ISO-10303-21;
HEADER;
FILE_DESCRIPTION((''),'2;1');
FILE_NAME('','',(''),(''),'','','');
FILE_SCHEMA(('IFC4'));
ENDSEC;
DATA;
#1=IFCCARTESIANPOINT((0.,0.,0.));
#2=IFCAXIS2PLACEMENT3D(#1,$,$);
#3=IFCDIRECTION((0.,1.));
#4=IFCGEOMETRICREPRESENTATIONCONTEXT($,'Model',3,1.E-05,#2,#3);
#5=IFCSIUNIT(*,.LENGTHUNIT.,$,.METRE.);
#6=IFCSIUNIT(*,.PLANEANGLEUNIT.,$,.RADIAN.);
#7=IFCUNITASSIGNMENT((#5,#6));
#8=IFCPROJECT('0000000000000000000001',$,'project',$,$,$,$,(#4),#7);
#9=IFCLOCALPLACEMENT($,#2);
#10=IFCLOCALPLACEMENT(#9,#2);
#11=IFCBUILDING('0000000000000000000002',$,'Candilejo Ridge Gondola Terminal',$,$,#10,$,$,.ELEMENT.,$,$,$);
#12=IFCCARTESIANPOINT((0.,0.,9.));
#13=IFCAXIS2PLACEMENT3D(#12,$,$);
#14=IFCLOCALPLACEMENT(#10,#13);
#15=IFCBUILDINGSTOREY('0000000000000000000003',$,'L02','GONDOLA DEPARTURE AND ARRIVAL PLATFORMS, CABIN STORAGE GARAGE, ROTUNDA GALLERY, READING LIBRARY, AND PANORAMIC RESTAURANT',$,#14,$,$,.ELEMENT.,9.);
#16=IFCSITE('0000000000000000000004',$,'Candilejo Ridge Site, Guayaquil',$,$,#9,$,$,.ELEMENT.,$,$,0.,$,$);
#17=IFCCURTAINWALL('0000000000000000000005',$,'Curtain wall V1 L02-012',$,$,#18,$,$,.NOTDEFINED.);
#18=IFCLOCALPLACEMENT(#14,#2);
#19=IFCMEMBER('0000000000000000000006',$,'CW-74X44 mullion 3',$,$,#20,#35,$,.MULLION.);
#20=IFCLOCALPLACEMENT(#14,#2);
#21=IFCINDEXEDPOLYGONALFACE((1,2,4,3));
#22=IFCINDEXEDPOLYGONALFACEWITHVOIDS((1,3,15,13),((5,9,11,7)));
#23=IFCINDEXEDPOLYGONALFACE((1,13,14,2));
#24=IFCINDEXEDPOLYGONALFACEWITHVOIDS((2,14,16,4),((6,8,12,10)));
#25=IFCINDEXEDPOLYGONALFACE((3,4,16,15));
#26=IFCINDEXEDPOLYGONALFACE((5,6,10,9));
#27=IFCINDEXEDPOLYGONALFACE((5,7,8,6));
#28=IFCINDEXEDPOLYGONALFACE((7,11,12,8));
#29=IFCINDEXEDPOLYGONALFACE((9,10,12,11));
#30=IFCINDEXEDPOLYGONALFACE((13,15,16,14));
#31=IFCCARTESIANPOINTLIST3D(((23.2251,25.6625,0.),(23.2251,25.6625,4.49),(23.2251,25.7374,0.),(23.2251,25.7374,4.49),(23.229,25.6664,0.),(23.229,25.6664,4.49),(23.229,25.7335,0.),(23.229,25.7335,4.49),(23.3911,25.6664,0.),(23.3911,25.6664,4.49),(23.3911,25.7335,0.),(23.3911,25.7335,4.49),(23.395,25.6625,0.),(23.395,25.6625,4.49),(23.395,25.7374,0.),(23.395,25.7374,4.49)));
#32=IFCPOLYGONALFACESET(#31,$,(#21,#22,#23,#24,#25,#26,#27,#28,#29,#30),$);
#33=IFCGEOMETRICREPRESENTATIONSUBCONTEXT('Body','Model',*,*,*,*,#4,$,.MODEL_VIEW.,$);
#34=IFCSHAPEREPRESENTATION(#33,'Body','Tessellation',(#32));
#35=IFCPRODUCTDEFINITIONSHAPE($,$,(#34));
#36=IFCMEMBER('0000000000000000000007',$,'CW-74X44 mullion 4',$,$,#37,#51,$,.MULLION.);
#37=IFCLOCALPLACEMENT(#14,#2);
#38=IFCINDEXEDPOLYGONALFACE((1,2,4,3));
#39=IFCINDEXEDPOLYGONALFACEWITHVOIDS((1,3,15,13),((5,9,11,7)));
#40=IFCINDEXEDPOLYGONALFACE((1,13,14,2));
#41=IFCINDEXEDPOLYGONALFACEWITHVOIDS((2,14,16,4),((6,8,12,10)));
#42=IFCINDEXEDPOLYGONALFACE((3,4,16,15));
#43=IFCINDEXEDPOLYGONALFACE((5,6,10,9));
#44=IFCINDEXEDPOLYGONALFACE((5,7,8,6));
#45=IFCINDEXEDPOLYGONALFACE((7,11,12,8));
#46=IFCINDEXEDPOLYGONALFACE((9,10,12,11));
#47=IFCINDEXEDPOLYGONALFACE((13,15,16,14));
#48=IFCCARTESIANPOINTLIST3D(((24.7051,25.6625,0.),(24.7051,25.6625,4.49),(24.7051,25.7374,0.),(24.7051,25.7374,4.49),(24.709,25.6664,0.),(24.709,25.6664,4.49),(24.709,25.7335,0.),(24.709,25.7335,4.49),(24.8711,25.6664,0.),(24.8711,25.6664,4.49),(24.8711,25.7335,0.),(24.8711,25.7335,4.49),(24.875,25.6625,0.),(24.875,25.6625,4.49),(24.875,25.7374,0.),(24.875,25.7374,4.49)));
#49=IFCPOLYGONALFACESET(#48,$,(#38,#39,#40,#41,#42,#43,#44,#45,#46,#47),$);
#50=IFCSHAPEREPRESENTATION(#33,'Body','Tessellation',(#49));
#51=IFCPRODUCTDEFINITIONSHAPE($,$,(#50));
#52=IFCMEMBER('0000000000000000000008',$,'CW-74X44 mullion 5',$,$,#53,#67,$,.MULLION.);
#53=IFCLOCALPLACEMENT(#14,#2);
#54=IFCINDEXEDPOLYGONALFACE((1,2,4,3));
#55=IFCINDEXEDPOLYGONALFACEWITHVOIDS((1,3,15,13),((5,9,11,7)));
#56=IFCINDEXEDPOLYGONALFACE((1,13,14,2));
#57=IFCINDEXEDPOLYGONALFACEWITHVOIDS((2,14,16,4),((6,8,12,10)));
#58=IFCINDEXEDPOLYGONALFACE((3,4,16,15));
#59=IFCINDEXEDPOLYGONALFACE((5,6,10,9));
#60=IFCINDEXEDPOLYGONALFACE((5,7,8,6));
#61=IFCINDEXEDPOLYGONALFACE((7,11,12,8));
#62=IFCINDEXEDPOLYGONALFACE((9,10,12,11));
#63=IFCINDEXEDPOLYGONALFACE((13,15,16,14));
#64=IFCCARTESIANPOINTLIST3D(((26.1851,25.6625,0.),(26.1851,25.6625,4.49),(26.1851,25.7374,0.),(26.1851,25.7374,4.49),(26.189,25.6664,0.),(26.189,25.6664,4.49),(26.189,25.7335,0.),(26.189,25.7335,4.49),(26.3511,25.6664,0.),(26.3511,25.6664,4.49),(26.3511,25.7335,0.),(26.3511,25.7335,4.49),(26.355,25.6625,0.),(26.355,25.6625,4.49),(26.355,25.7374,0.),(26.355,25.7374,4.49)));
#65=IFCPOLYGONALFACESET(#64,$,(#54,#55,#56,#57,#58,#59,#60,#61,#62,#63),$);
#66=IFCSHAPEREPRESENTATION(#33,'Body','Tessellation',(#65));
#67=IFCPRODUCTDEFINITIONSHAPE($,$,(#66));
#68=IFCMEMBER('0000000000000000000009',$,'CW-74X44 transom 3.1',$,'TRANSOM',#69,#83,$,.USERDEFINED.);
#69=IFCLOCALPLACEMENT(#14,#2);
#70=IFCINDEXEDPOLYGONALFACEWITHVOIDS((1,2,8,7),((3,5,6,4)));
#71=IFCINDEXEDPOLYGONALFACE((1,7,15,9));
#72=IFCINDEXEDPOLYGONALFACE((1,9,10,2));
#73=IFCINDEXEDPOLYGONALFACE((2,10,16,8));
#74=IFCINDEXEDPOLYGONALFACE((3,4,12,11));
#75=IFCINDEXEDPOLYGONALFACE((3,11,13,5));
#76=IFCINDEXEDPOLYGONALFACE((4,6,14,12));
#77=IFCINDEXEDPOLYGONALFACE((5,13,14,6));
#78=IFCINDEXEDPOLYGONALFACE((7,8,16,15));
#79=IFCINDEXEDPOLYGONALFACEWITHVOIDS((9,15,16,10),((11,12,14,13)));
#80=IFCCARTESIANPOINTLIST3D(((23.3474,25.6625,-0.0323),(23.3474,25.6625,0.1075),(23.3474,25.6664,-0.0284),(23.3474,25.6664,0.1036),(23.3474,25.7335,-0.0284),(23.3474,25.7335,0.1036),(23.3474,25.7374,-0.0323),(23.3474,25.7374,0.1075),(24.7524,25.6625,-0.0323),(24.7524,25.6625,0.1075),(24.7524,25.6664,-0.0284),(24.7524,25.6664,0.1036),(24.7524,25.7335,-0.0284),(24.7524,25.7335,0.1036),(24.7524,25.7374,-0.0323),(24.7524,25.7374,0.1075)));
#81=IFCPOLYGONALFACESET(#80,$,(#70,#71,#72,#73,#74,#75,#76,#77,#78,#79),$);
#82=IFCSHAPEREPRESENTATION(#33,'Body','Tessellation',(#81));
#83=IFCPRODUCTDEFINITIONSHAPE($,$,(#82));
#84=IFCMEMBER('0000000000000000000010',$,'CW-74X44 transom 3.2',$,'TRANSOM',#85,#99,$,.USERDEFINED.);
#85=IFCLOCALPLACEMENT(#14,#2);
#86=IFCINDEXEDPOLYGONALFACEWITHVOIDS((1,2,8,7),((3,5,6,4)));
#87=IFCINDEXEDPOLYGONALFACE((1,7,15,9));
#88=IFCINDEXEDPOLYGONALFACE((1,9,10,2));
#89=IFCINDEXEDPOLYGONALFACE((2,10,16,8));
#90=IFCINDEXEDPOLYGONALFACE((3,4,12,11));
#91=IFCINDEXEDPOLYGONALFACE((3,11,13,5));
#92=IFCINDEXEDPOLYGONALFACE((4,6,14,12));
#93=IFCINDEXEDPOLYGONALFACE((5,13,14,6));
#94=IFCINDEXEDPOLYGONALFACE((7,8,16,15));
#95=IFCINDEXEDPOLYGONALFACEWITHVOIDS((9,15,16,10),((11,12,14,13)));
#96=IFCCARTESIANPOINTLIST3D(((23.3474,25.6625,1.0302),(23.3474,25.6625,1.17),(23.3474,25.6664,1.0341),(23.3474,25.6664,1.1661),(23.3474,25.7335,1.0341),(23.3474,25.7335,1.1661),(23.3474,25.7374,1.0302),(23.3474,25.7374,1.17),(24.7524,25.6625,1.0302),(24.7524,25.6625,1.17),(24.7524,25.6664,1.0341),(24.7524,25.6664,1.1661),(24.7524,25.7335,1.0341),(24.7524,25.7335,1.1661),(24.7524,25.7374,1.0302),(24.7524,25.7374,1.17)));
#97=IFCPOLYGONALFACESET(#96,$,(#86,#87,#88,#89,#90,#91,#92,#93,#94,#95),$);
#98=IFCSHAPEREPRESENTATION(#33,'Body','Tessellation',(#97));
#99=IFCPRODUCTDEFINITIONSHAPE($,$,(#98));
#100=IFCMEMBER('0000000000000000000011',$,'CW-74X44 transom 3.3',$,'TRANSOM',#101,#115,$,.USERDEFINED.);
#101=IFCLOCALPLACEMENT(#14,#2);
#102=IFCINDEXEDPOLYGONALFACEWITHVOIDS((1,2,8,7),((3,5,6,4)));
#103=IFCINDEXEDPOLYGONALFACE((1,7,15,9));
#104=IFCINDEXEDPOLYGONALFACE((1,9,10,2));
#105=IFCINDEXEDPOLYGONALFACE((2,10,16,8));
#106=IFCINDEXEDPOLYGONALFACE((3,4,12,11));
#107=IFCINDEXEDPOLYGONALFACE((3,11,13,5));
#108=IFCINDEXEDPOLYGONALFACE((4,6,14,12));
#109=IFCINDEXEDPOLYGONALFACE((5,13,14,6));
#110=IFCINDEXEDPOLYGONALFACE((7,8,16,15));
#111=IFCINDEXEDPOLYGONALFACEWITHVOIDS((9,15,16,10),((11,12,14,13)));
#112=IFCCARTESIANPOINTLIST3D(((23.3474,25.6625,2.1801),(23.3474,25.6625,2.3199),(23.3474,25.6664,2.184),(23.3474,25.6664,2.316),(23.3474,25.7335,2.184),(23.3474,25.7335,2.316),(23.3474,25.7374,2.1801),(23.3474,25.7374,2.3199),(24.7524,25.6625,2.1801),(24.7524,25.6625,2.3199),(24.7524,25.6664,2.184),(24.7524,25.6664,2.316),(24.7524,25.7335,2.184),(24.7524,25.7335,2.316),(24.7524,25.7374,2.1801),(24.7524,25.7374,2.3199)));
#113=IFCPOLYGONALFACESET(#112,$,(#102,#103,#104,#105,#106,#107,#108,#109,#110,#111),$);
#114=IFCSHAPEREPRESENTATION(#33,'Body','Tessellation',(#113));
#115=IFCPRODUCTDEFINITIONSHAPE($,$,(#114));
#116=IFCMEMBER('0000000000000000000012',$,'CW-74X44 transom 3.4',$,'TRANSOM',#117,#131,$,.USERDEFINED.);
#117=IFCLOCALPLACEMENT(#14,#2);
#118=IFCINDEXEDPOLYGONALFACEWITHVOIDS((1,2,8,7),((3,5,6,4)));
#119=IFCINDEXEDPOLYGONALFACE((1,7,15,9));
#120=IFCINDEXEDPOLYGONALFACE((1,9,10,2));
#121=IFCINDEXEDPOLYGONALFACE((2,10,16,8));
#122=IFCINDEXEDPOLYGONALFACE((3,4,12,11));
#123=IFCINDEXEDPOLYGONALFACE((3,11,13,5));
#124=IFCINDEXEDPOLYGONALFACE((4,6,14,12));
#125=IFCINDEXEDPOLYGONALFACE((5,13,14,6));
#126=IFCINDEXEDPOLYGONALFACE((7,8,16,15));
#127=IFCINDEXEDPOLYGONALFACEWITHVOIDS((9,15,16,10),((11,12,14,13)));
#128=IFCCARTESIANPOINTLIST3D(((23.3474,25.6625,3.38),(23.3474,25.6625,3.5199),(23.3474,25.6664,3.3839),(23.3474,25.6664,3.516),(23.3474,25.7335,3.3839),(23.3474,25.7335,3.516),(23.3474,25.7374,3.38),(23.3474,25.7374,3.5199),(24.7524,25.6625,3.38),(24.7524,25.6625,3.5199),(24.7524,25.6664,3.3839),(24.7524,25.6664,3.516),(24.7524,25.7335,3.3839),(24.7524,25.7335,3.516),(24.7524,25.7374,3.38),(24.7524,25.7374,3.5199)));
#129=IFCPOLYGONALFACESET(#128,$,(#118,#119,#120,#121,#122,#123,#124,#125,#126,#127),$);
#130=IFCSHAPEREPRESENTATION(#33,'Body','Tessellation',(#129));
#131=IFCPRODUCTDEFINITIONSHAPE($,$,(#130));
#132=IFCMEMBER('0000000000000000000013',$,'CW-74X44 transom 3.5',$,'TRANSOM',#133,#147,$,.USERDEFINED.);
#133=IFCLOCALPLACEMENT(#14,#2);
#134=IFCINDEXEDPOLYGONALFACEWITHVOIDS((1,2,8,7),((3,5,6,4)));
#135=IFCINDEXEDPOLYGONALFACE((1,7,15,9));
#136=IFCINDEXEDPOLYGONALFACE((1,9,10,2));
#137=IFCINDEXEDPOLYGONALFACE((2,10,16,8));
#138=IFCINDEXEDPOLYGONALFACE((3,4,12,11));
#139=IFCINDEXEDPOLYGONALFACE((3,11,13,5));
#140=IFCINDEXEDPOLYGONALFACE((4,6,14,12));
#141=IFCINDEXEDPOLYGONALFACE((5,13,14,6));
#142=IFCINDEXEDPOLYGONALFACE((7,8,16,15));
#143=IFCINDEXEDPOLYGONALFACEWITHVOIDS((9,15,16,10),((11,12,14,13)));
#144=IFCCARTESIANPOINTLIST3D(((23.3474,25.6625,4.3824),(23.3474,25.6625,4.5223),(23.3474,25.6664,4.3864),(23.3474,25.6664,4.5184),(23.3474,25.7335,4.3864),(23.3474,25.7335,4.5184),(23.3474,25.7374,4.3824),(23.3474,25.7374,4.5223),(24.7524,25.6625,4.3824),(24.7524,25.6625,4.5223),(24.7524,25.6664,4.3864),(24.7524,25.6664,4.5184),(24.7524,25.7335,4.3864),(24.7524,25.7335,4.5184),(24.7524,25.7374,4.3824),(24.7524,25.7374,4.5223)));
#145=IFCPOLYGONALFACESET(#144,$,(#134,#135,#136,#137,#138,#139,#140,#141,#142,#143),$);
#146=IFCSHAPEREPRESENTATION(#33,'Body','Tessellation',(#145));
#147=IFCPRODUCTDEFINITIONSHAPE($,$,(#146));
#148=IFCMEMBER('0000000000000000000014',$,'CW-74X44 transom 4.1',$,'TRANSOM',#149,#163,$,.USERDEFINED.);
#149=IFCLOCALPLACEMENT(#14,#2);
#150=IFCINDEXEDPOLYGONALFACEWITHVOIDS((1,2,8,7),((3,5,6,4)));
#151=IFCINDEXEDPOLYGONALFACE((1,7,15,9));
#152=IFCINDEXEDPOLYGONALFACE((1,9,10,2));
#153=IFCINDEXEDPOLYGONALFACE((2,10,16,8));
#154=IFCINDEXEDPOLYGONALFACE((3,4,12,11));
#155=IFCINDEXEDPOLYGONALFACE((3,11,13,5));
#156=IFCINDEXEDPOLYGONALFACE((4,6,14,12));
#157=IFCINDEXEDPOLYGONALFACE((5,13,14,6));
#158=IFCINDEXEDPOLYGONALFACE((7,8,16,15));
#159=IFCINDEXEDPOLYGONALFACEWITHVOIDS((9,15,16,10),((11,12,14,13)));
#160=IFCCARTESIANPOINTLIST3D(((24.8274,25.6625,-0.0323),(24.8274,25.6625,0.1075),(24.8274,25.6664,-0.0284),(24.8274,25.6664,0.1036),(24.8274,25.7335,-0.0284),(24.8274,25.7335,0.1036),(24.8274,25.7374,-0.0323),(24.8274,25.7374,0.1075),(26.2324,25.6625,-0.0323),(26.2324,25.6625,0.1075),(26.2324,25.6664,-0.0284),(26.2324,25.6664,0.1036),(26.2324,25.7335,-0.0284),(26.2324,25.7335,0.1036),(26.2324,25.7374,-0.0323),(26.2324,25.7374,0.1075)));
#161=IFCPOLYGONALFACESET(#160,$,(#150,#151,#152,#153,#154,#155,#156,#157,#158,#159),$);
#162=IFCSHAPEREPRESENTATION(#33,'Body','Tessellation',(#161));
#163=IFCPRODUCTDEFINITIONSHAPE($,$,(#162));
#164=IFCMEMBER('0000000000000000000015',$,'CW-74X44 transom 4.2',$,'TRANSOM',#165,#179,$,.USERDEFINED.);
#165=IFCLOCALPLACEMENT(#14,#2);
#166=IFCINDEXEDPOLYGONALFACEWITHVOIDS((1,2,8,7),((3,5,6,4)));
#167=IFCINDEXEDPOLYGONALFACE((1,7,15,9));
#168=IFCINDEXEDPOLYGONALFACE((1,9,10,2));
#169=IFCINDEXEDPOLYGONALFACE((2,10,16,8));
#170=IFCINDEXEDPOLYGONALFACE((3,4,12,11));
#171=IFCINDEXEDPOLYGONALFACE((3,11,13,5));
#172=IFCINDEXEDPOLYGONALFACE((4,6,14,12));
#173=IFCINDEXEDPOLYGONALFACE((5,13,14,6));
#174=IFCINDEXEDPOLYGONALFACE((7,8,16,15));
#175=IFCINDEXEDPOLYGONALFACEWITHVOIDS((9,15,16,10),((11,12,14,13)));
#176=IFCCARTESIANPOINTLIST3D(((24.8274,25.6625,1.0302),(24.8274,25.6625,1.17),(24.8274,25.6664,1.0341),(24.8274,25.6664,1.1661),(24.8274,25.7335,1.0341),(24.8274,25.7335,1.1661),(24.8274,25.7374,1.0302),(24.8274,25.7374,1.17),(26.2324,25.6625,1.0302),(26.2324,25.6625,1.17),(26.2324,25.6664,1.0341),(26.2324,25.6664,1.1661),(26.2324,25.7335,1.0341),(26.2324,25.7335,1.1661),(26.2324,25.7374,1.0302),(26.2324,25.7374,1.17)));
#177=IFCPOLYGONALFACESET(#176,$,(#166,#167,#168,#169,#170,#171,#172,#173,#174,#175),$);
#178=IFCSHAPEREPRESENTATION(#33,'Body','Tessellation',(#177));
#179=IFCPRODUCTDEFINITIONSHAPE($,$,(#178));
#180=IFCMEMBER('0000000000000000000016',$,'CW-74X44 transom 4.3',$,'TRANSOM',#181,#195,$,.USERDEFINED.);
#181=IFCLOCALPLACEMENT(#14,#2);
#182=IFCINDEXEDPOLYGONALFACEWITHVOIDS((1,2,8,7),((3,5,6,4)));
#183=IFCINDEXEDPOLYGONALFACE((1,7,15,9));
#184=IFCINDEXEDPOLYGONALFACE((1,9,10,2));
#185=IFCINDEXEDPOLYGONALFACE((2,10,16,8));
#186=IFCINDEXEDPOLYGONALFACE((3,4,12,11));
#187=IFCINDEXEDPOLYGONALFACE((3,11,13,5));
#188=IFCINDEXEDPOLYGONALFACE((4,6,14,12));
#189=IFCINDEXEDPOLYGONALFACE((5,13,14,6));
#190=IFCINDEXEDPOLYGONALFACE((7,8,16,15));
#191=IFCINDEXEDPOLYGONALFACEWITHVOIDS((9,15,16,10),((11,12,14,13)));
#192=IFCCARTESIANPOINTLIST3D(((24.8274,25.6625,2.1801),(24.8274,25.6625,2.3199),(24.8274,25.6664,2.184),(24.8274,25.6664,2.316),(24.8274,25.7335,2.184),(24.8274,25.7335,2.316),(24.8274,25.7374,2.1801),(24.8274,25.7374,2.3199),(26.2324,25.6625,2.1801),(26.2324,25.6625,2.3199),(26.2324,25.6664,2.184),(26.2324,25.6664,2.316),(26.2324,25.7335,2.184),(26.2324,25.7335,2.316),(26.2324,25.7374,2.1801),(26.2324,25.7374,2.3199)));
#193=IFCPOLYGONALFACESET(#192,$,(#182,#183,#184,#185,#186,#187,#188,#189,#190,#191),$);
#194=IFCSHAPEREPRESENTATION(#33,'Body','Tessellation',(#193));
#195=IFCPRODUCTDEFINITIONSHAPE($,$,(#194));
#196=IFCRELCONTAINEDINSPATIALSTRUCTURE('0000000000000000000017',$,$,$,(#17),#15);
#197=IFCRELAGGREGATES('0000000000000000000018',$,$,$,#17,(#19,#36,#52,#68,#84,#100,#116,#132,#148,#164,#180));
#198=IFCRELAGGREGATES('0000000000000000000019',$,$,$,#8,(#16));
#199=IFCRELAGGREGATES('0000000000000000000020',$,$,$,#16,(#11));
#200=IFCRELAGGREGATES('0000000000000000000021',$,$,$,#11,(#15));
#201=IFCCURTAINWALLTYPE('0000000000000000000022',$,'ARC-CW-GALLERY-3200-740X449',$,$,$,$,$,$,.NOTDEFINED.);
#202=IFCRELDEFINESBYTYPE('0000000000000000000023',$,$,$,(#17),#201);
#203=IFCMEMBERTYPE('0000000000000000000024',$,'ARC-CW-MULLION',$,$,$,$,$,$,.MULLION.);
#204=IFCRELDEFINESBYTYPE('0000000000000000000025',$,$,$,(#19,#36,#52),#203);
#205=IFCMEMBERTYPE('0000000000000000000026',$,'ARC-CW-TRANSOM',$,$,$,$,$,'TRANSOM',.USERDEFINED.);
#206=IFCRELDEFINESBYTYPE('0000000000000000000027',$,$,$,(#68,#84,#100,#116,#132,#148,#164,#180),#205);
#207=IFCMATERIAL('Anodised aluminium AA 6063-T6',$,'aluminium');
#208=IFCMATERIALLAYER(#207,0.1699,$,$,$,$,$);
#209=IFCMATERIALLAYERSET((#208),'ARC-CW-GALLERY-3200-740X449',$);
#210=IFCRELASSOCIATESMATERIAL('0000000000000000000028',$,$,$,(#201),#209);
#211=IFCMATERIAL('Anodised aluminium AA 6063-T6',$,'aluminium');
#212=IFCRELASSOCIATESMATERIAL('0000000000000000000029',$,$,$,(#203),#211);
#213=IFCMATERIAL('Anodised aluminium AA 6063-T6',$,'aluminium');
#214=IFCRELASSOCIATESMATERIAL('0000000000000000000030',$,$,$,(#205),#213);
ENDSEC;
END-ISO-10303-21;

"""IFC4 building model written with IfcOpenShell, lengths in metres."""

from ifc_helpers import new_model, si_unit, direction, frame, origin, origin_2d, place, context, subcontext, project, spatial, hollow_rectangle, extrude, material, layer, layer_set, material_profile, profile_set, type_object, element, aggregate, save


model = new_model("IFC4")

# Units and contexts
model_context = context("Model", 3, precision=1e-05, world=origin(), true_north=direction((0.0, 1.0)))
body_context = subcontext(model_context, "Body", "Model", "MODEL_VIEW")
ifc_project = project(units=[si_unit("LENGTHUNIT", "METRE"), si_unit("PLANEANGLEUNIT", "RADIAN")], contexts=[model_context])

# Site, building, storey
site_placement = place(None, origin())
site = spatial("IfcSite", under=ifc_project, at=site_placement, Name="Candilejo Ridge Site, Guayaquil", CompositionType="ELEMENT", RefElevation=0.0)
building_placement = place(site_placement, origin())
building = spatial("IfcBuilding", under=site, at=building_placement, Name="Candilejo Ridge Gondola Terminal", CompositionType="ELEMENT")
storey_placement = place(building_placement, frame((0.0, 0.0, 9.0)))
storey = spatial("IfcBuildingStorey", under=building, at=storey_placement, Name="L02", Description="GONDOLA DEPARTURE AND ARRIVAL PLATFORMS, CABIN STORAGE GARAGE, ROTUNDA GALLERY, READING LIBRARY, AND PANORAMIC RESTAURANT", CompositionType="ELEMENT", Elevation=9.0)

# Curtain wall, members
ifc_material_1 = material(Name="Anodised aluminium AA 6063-T6", Category="aluminium")
ifc_layer_1 = layer(ifc_material_1, 0.1699)
ifc_layer_set_1 = layer_set([ifc_layer_1], Name="ARC-CW-GALLERY-3200-740X449")
curtain_wall_type = type_object("IfcCurtainWallType", Name="ARC-CW-GALLERY-3200-740X449", PredefinedType="NOTDEFINED", material=ifc_layer_set_1)
curtain_wall_placement = place(storey_placement, origin())
curtain_wall = element("IfcCurtainWall", 1, at=curtain_wall_placement, inside=storey, type_object=curtain_wall_type, Name="Curtain wall V1 L02-012", PredefinedType="NOTDEFINED")
ifc_material_2 = material(Name="Anodised aluminium AA 6063-T6", Category="aluminium")
ifc_material_profile_1 = material_profile(ifc_material_2, hollow_rectangle(XDim=0.075, YDim=0.1699, WallThickness=0.0039, at=origin_2d()))
ifc_profile_set_1 = profile_set([ifc_material_profile_1], Name="Anodised aluminium AA 6063-T6")
member_type_1 = type_object("IfcMemberType", Name="ARC-CW-MULLION", PredefinedType="MULLION", material=ifc_profile_set_1)
member_1_placement = place(storey_placement, frame((23.3101, 25.7, 0.0), z_axis=(0.0, 0.0, 1.0), x_axis=(0.0, 1.0, 0.0)))
member_1 = element("IfcMember", 2, at=member_1_placement, type_object=member_type_1, Name="CW-74X44 mullion 3", PredefinedType="MULLION", context=body_context, shape_type="SweptSolid", body=[
    extrude(hollow_rectangle(XDim=0.075, YDim=0.1699, WallThickness=0.0039, at=origin_2d()), origin(), (0.0, 0.0, 1.0), 4.49),
])
member_2_placement = place(storey_placement, frame((24.79, 25.7, 0.0), z_axis=(0.0, 0.0, 1.0), x_axis=(0.0, 1.0, 0.0)))
member_2 = element("IfcMember", 3, at=member_2_placement, type_object=member_type_1, Name="CW-74X44 mullion 4", PredefinedType="MULLION", context=body_context, shape_type="SweptSolid", body=[
    extrude(hollow_rectangle(XDim=0.075, YDim=0.1699, WallThickness=0.0039, at=origin_2d()), origin(), (0.0, 0.0, 1.0), 4.49),
])
member_3_placement = place(storey_placement, frame((26.27, 25.7, 0.0), z_axis=(0.0, 0.0, 1.0), x_axis=(0.0, 1.0, 0.0)))
member_3 = element("IfcMember", 4, at=member_3_placement, type_object=member_type_1, Name="CW-74X44 mullion 5", PredefinedType="MULLION", context=body_context, shape_type="SweptSolid", body=[
    extrude(hollow_rectangle(XDim=0.075, YDim=0.1699, WallThickness=0.0039, at=origin_2d()), origin(), (0.0, 0.0, 1.0), 4.49),
])
ifc_material_3 = material(Name="Anodised aluminium AA 6063-T6", Category="aluminium")
ifc_material_profile_2 = material_profile(ifc_material_3, hollow_rectangle(XDim=0.075, YDim=0.1399, WallThickness=0.0039, at=origin_2d()))
ifc_profile_set_2 = profile_set([ifc_material_profile_2], Name="Anodised aluminium AA 6063-T6")
member_type_2 = type_object("IfcMemberType", Name="ARC-CW-TRANSOM", ElementType="TRANSOM", PredefinedType="USERDEFINED", material=ifc_profile_set_2)
member_4_placement = place(storey_placement, frame((23.3474, 25.7, 0.0376), z_axis=(1.0, 0.0, 0.0), x_axis=(0.0, 1.0, 0.0)))
member_4 = element("IfcMember", 5, at=member_4_placement, type_object=member_type_2, Name="CW-74X44 transom 3.1", ObjectType="TRANSOM", PredefinedType="USERDEFINED", context=body_context, shape_type="SweptSolid", body=[
    extrude(hollow_rectangle(XDim=0.075, YDim=0.1399, WallThickness=0.0039, at=origin_2d()), origin(), (0.0, 0.0, 1.0), 1.405),
])
member_5_placement = place(storey_placement, frame((23.3474, 25.7, 1.1001), z_axis=(1.0, 0.0, 0.0), x_axis=(0.0, 1.0, 0.0)))
member_5 = element("IfcMember", 6, at=member_5_placement, type_object=member_type_2, Name="CW-74X44 transom 3.2", ObjectType="TRANSOM", PredefinedType="USERDEFINED", context=body_context, shape_type="SweptSolid", body=[
    extrude(hollow_rectangle(XDim=0.075, YDim=0.1399, WallThickness=0.0039, at=origin_2d()), origin(), (0.0, 0.0, 1.0), 1.405),
])
member_6_placement = place(storey_placement, frame((23.3474, 25.7, 2.25), z_axis=(1.0, 0.0, 0.0), x_axis=(0.0, 1.0, 0.0)))
member_6 = element("IfcMember", 7, at=member_6_placement, type_object=member_type_2, Name="CW-74X44 transom 3.3", ObjectType="TRANSOM", PredefinedType="USERDEFINED", context=body_context, shape_type="SweptSolid", body=[
    extrude(hollow_rectangle(XDim=0.075, YDim=0.1399, WallThickness=0.0039, at=origin_2d()), origin(), (0.0, 0.0, 1.0), 1.405),
])
member_7_placement = place(storey_placement, frame((23.3474, 25.7, 3.45), z_axis=(1.0, 0.0, 0.0), x_axis=(0.0, 1.0, 0.0)))
member_7 = element("IfcMember", 8, at=member_7_placement, type_object=member_type_2, Name="CW-74X44 transom 3.4", ObjectType="TRANSOM", PredefinedType="USERDEFINED", context=body_context, shape_type="SweptSolid", body=[
    extrude(hollow_rectangle(XDim=0.075, YDim=0.1399, WallThickness=0.0039, at=origin_2d()), origin(), (0.0, 0.0, 1.0), 1.405),
])
member_8_placement = place(storey_placement, frame((23.3474, 25.7, 4.4524), z_axis=(1.0, 0.0, 0.0), x_axis=(0.0, 1.0, 0.0)))
member_8 = element("IfcMember", 9, at=member_8_placement, type_object=member_type_2, Name="CW-74X44 transom 3.5", ObjectType="TRANSOM", PredefinedType="USERDEFINED", context=body_context, shape_type="SweptSolid", body=[
    extrude(hollow_rectangle(XDim=0.075, YDim=0.1399, WallThickness=0.0039, at=origin_2d()), origin(), (0.0, 0.0, 1.0), 1.405),
])
member_9_placement = place(storey_placement, frame((24.8274, 25.7, 0.0376), z_axis=(1.0, 0.0, 0.0), x_axis=(0.0, 1.0, 0.0)))
member_9 = element("IfcMember", 10, at=member_9_placement, type_object=member_type_2, Name="CW-74X44 transom 4.1", ObjectType="TRANSOM", PredefinedType="USERDEFINED", context=body_context, shape_type="SweptSolid", body=[
    extrude(hollow_rectangle(XDim=0.075, YDim=0.1399, WallThickness=0.0039, at=origin_2d()), origin(), (0.0, 0.0, 1.0), 1.405),
])
member_10_placement = place(storey_placement, frame((24.8274, 25.7, 1.1001), z_axis=(1.0, 0.0, 0.0), x_axis=(0.0, 1.0, 0.0)))
member_10 = element("IfcMember", 11, at=member_10_placement, type_object=member_type_2, Name="CW-74X44 transom 4.2", ObjectType="TRANSOM", PredefinedType="USERDEFINED", context=body_context, shape_type="SweptSolid", body=[
    extrude(hollow_rectangle(XDim=0.075, YDim=0.1399, WallThickness=0.0039, at=origin_2d()), origin(), (0.0, 0.0, 1.0), 1.405),
])
member_11_placement = place(storey_placement, frame((24.8274, 25.7, 2.25), z_axis=(1.0, 0.0, 0.0), x_axis=(0.0, 1.0, 0.0)))
member_11 = element("IfcMember", 12, at=member_11_placement, type_object=member_type_2, Name="CW-74X44 transom 4.3", ObjectType="TRANSOM", PredefinedType="USERDEFINED", context=body_context, shape_type="SweptSolid", body=[
    extrude(hollow_rectangle(XDim=0.075, YDim=0.1399, WallThickness=0.0039, at=origin_2d()), origin(), (0.0, 0.0, 1.0), 1.405),
])
aggregate(curtain_wall, [member_1, member_2, member_3, member_4, member_5, member_6, member_7, member_8, member_9, member_10, member_11])

save(model, "model.ifc")
